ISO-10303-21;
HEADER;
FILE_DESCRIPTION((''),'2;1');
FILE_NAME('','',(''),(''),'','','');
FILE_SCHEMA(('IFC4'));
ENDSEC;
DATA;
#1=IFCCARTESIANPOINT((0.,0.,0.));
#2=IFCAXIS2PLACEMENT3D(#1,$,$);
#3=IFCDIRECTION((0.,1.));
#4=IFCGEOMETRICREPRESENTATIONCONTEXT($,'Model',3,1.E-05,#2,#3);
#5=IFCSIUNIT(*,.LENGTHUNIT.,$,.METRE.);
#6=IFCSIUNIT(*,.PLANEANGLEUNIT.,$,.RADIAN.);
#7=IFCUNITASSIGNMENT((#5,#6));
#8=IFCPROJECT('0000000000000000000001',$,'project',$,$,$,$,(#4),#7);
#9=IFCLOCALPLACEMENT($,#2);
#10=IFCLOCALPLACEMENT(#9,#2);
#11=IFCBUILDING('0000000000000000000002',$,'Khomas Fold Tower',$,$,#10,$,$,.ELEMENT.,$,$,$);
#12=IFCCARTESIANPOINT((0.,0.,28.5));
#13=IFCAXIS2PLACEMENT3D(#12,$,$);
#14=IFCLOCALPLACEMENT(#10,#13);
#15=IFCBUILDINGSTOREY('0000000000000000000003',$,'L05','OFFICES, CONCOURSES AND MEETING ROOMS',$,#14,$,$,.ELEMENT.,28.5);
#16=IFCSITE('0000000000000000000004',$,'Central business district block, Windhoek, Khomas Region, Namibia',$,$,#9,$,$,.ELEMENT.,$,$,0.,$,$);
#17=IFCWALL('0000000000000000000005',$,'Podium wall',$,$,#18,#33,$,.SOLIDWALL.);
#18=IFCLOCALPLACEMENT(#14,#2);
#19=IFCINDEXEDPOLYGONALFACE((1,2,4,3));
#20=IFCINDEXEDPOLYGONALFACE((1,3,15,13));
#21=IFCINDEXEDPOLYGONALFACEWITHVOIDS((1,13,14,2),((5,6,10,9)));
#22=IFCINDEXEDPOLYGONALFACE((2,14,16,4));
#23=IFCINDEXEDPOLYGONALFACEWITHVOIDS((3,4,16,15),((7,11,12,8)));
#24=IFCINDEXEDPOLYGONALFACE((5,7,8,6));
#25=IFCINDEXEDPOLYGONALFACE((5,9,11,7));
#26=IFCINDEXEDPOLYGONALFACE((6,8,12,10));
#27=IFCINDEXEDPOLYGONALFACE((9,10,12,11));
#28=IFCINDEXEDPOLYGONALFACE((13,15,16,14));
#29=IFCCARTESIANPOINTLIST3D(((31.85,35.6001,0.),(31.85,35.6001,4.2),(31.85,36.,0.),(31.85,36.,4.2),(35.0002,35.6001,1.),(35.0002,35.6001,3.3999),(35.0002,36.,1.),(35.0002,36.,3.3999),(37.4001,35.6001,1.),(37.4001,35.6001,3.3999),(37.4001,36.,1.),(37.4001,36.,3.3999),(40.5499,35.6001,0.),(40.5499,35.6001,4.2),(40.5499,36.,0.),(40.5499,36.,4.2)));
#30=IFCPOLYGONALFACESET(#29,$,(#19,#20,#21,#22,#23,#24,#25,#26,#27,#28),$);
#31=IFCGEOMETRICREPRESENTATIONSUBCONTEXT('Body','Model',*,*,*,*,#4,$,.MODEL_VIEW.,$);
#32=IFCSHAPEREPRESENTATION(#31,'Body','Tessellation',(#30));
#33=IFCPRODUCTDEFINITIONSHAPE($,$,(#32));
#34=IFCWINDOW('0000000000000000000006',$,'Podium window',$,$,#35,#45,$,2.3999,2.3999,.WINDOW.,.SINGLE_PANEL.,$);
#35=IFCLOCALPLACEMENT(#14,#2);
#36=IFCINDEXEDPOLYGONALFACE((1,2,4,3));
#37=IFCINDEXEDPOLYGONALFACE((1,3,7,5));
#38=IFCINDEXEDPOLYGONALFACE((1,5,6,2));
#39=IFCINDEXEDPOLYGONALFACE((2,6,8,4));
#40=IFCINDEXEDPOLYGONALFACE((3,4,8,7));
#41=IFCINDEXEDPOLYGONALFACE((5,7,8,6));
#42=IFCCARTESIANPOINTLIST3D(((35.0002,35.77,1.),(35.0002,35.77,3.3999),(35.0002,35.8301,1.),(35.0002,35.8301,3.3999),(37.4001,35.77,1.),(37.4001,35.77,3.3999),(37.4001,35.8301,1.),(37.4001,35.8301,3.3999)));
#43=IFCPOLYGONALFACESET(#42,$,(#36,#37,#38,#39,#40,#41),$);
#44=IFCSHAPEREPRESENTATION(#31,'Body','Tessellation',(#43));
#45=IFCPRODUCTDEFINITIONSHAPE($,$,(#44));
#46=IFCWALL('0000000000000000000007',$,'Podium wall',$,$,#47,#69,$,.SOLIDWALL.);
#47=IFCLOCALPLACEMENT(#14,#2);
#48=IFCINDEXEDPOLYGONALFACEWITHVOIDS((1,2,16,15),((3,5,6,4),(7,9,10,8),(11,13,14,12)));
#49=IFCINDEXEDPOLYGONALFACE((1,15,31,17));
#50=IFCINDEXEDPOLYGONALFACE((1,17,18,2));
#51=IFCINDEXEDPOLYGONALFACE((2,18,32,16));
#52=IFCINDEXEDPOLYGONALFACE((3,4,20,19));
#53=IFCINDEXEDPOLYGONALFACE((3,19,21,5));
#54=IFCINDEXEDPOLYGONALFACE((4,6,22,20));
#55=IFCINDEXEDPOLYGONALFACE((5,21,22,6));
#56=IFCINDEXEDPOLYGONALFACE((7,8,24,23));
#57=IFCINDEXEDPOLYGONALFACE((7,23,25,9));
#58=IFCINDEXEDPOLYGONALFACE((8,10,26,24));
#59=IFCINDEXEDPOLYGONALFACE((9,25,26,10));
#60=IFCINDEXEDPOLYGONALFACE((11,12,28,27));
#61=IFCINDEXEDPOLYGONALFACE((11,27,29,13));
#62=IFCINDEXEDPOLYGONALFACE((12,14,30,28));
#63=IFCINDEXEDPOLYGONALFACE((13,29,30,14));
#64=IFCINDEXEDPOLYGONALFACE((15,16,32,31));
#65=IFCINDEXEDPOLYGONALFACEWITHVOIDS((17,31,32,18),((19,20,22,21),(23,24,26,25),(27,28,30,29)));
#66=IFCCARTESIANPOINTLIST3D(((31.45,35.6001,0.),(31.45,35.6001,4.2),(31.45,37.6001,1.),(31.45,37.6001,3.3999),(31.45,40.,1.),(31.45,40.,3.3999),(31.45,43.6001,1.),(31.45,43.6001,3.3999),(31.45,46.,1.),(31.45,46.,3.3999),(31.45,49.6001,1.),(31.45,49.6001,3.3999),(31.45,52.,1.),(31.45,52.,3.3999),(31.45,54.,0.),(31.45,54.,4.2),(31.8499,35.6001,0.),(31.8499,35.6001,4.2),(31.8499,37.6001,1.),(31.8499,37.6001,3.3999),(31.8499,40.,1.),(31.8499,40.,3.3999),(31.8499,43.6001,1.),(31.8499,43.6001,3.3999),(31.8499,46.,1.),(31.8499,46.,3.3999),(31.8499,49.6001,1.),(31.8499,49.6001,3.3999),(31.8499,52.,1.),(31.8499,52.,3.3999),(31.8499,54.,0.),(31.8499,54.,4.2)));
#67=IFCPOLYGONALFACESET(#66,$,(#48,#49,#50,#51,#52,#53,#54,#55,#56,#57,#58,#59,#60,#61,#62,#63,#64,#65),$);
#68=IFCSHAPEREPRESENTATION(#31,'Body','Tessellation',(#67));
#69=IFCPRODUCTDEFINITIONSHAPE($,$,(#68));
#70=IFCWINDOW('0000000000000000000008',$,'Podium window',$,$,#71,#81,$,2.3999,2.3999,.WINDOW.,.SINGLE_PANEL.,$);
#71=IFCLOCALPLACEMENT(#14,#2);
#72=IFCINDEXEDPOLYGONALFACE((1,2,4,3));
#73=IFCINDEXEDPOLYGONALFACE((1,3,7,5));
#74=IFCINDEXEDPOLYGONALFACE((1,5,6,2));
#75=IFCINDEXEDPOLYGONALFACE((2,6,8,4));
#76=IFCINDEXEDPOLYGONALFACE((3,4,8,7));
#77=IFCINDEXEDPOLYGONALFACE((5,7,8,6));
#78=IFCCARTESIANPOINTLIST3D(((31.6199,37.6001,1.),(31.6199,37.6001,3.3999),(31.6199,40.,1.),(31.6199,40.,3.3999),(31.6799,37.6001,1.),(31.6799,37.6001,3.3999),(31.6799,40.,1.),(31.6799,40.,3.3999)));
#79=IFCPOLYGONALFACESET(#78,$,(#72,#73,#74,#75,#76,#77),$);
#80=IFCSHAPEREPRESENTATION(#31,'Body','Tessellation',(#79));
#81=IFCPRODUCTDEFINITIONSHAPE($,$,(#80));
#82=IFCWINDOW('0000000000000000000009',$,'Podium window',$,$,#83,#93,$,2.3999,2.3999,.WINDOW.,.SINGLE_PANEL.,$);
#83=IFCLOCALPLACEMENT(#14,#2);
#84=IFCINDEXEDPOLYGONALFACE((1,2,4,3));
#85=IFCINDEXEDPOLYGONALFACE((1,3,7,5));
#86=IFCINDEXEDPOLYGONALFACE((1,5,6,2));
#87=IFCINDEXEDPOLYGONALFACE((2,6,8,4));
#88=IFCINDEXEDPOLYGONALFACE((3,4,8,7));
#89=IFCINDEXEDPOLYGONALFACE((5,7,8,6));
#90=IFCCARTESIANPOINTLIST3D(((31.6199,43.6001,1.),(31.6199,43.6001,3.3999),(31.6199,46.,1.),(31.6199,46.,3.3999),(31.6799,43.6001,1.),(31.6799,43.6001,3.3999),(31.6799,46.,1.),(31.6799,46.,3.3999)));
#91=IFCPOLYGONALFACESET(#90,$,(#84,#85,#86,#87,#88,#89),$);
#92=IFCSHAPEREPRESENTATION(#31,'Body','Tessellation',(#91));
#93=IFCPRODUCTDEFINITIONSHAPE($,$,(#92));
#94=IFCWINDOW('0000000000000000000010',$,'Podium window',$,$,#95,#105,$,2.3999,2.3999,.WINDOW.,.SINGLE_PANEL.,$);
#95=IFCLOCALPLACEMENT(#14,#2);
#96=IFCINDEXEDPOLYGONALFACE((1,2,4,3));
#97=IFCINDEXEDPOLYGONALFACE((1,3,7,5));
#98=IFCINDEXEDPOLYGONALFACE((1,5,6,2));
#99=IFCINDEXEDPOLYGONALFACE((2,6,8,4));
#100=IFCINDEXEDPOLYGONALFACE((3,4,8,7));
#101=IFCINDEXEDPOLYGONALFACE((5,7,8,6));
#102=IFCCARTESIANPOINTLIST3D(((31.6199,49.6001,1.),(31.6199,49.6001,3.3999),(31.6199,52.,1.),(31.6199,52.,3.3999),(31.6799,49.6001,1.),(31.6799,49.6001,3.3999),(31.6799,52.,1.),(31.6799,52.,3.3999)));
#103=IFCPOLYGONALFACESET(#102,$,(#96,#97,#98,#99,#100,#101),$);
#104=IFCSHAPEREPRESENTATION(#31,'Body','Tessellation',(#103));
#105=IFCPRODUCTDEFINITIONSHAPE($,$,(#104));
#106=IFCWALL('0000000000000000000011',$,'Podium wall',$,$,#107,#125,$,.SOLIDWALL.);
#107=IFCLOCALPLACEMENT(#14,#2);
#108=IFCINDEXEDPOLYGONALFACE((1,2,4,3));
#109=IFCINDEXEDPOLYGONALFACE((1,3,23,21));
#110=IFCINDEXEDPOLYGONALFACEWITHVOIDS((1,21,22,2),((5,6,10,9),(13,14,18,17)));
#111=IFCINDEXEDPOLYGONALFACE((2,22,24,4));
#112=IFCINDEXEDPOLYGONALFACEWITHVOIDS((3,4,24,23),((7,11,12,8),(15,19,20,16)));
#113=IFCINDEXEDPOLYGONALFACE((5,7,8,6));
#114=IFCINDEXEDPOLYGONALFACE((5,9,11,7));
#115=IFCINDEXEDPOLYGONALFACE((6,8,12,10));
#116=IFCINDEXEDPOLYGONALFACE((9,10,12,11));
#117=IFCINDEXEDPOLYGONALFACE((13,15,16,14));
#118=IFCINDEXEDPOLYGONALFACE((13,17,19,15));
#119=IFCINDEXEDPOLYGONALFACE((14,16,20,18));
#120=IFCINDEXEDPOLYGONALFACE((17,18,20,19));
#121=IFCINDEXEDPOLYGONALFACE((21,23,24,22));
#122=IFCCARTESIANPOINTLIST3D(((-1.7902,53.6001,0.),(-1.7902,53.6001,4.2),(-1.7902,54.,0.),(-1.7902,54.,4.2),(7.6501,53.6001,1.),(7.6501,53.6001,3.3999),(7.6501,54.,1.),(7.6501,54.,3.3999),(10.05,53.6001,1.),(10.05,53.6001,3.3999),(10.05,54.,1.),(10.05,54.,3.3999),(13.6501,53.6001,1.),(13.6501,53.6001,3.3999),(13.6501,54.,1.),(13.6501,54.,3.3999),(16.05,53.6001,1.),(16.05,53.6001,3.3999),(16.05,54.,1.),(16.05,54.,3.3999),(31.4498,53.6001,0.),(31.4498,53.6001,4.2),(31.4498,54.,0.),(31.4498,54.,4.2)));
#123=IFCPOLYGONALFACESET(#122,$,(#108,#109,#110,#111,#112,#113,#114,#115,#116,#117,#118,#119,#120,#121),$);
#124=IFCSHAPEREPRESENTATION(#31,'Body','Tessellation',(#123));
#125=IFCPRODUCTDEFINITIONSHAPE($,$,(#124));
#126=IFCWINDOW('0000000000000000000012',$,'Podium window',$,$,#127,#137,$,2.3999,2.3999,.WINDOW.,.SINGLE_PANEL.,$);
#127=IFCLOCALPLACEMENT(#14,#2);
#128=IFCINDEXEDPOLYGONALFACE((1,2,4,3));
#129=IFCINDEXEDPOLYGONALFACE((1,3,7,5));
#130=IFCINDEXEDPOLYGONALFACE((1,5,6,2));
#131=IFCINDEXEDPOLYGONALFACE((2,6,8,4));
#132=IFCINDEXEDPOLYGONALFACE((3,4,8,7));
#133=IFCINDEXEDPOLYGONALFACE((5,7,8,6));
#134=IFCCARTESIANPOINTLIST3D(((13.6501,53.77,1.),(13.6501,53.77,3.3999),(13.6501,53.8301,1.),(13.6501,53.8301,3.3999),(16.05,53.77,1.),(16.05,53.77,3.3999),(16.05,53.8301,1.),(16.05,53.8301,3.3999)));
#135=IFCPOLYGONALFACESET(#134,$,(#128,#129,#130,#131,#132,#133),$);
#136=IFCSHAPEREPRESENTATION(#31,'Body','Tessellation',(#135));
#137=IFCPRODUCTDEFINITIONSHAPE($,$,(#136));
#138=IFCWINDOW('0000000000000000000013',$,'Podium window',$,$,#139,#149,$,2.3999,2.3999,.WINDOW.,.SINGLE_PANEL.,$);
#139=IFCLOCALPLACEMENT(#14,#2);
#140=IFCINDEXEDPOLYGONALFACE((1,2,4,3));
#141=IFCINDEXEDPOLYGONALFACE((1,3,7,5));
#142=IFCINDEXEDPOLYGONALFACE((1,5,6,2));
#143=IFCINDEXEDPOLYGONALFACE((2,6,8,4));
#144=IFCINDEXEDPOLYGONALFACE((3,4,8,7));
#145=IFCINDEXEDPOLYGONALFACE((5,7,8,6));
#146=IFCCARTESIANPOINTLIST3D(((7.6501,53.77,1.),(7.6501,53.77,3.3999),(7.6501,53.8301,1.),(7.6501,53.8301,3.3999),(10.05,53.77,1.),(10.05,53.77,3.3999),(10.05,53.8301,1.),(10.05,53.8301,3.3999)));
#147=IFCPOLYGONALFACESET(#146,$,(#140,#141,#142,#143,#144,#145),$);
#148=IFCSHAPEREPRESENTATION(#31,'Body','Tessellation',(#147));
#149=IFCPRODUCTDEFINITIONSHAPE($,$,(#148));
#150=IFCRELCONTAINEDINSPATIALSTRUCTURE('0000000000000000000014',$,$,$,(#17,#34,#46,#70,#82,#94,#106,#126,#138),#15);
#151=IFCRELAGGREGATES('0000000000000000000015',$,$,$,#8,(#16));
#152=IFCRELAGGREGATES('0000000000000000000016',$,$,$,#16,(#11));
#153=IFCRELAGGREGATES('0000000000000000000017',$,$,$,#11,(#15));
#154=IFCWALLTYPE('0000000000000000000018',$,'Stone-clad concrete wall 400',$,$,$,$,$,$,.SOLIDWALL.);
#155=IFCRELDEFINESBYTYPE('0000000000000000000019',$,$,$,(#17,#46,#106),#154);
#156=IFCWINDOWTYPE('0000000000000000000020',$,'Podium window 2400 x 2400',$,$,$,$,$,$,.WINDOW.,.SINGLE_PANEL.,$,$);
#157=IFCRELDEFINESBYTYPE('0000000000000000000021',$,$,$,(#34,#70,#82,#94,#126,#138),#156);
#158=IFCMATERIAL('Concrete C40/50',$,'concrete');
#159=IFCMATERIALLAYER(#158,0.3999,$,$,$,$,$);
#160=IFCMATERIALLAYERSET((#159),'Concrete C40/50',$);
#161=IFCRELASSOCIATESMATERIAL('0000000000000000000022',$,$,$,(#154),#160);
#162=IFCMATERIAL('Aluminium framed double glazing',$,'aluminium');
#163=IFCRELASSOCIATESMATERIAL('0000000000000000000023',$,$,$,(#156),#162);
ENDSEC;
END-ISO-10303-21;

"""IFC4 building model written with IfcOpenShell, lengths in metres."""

from ifc_helpers import new_model, si_unit, direction, frame, frame_2d, origin, place, context, subcontext, project, spatial, rectangle, extrude, source, transform, mapped, material, layer, layer_set, type_object, element, fill, save


model = new_model("IFC4")

# Units and contexts
model_context = context("Model", 3, precision=1e-05, world=origin(), true_north=direction((0.0, 1.0)))
body_context = subcontext(model_context, "Body", "Model", "MODEL_VIEW")
ifc_project = project(units=[si_unit("LENGTHUNIT", "METRE"), si_unit("PLANEANGLEUNIT", "RADIAN")], contexts=[model_context])

# Site, building, storey
site_placement = place(None, origin())
site = spatial("IfcSite", under=ifc_project, at=site_placement, Name="Central business district block, Windhoek, Khomas Region, Namibia", CompositionType="ELEMENT", RefElevation=0.0)
building_placement = place(site_placement, origin())
building = spatial("IfcBuilding", under=site, at=building_placement, Name="Khomas Fold Tower", CompositionType="ELEMENT")
storey_placement = place(building_placement, frame((0.0, 0.0, 28.5)))
storey = spatial("IfcBuildingStorey", under=building, at=storey_placement, Name="L05", Description="OFFICES, CONCOURSES AND MEETING ROOMS", CompositionType="ELEMENT", Elevation=28.5)

# Shared definitions
ifc_material_1 = material(Name="Concrete C40/50", Category="concrete")
ifc_layer_1 = layer(ifc_material_1, 0.3999)
ifc_layer_set_1 = layer_set([ifc_layer_1], Name="Concrete C40/50")
wall_type_1 = type_object("IfcWallType", Name="Stone-clad concrete wall 400", PredefinedType="SOLIDWALL", material=ifc_layer_set_1)
shared_shape_1 = source(origin(), body_context, "Body", "SweptSolid", [
    extrude(rectangle(XDim=2.3999, YDim=2.3999, at=frame_2d((1.2, 1.2))), frame((0.0, 0.21, 0.0), z_axis=(0.0, -1.0, 0.0), x_axis=(1.0, 0.0, 0.0)), (0.0, 0.0, 1.0), 0.4199),
])
ifc_material_2 = material(Name="Aluminium framed double glazing", Category="aluminium")
window_type = type_object("IfcWindowType", Name="Podium window 2400 x 2400", PartitioningType="SINGLE_PANEL", PredefinedType="WINDOW", material=ifc_material_2)
shared_shape_2 = source(origin(), body_context, "Body", "SweptSolid", [
    extrude(rectangle(XDim=2.3999, YDim=2.3999, at=frame_2d((1.2, 1.2))), frame((0.0, 0.03, 0.0), z_axis=(0.0, -1.0, 0.0), x_axis=(1.0, 0.0, 0.0)), (0.0, 0.0, 1.0), 0.0601),
])

# Wall, opening, window
shared_shape_3 = source(origin(), body_context, "Body", "SweptSolid", [
    extrude(rectangle(XDim=8.7, YDim=0.3999, at=frame_2d((4.3501, 0.0))), origin(), (0.0, 0.0, 1.0), 4.2),
])
wall_1_placement = place(storey_placement, frame((40.55, 35.8, 0.0), z_axis=(0.0, 0.0, 1.0), x_axis=(-1.0, 0.0, 0.0)))
wall_1 = element("IfcWall", 1, at=wall_1_placement, inside=storey, type_object=wall_type_1, Name="Podium wall", PredefinedType="SOLIDWALL", context=body_context, shape_type="MappedRepresentation", body=[
    mapped(shared_shape_3, transform((0.0, 0.0, 0.0))),
])
opening_1_placement = place(wall_1_placement, frame((3.1499, 0.0, 1.0)))
opening_1 = element("IfcOpeningElement", 2, at=opening_1_placement, cuts=wall_1, PredefinedType="OPENING", context=body_context, shape_type="MappedRepresentation", body=[
    mapped(shared_shape_1, transform((0.0, 0.0, 0.0))),
])
window_1_placement = place(opening_1_placement, origin())
window_1 = element("IfcWindow", 3, at=window_1_placement, inside=storey, type_object=window_type, Name="Podium window", OverallHeight=2.3999, OverallWidth=2.3999, PartitioningType="SINGLE_PANEL", PredefinedType="WINDOW", context=body_context, shape_type="MappedRepresentation", body=[
    mapped(shared_shape_2, transform((0.0, 0.0, 0.0))),
])
fill(opening_1, window_1)

# Walls, openings, windows
shared_shape_4 = source(origin(), body_context, "Body", "SweptSolid", [
    extrude(rectangle(XDim=18.3999, YDim=0.3999, at=frame_2d((9.2, 0.0))), origin(), (0.0, 0.0, 1.0), 4.2),
])
wall_2_placement = place(storey_placement, frame((31.6499, 35.6001, 0.0), z_axis=(0.0, 0.0, 1.0), x_axis=(0.0, 1.0, 0.0)))
wall_2 = element("IfcWall", 4, at=wall_2_placement, inside=storey, type_object=wall_type_1, Name="Podium wall", PredefinedType="SOLIDWALL", context=body_context, shape_type="MappedRepresentation", body=[
    mapped(shared_shape_4, transform((0.0, 0.0, 0.0))),
])
opening_2_placement = place(wall_2_placement, frame((2.0, 0.0, 1.0)))
opening_2 = element("IfcOpeningElement", 5, at=opening_2_placement, cuts=wall_2, PredefinedType="OPENING", context=body_context, shape_type="MappedRepresentation", body=[
    mapped(shared_shape_1, transform((0.0, 0.0, 0.0))),
])
opening_3_placement = place(wall_2_placement, frame((8.0, 0.0, 1.0)))
opening_3 = element("IfcOpeningElement", 6, at=opening_3_placement, cuts=wall_2, PredefinedType="OPENING", context=body_context, shape_type="MappedRepresentation", body=[
    mapped(shared_shape_1, transform((0.0, 0.0, 0.0))),
])
opening_4_placement = place(wall_2_placement, frame((14.0, 0.0, 1.0)))
opening_4 = element("IfcOpeningElement", 7, at=opening_4_placement, cuts=wall_2, PredefinedType="OPENING", context=body_context, shape_type="MappedRepresentation", body=[
    mapped(shared_shape_1, transform((0.0, 0.0, 0.0))),
])
window_2_placement = place(opening_2_placement, origin())
window_2 = element("IfcWindow", 8, at=window_2_placement, inside=storey, type_object=window_type, Name="Podium window", OverallHeight=2.3999, OverallWidth=2.3999, PartitioningType="SINGLE_PANEL", PredefinedType="WINDOW", context=body_context, shape_type="MappedRepresentation", body=[
    mapped(shared_shape_2, transform((0.0, 0.0, 0.0))),
])
fill(opening_2, window_2)
window_3_placement = place(opening_3_placement, origin())
window_3 = element("IfcWindow", 9, at=window_3_placement, inside=storey, type_object=window_type, Name="Podium window", OverallHeight=2.3999, OverallWidth=2.3999, PartitioningType="SINGLE_PANEL", PredefinedType="WINDOW", context=body_context, shape_type="MappedRepresentation", body=[
    mapped(shared_shape_2, transform((0.0, 0.0, 0.0))),
])
fill(opening_3, window_3)
window_4_placement = place(opening_4_placement, origin())
window_4 = element("IfcWindow", 10, at=window_4_placement, inside=storey, type_object=window_type, Name="Podium window", OverallHeight=2.3999, OverallWidth=2.3999, PartitioningType="SINGLE_PANEL", PredefinedType="WINDOW", context=body_context, shape_type="MappedRepresentation", body=[
    mapped(shared_shape_2, transform((0.0, 0.0, 0.0))),
])
fill(opening_4, window_4)
shared_shape_5 = source(origin(), body_context, "Body", "SweptSolid", [
    extrude(rectangle(XDim=33.24, YDim=0.3999, at=frame_2d((16.6201, 0.0))), origin(), (0.0, 0.0, 1.0), 4.2),
])
wall_3_placement = place(storey_placement, frame((31.45, 53.8, 0.0), z_axis=(0.0, 0.0, 1.0), x_axis=(-1.0, 0.0, 0.0)))
wall_3 = element("IfcWall", 11, at=wall_3_placement, inside=storey, type_object=wall_type_1, Name="Podium wall", PredefinedType="SOLIDWALL", context=body_context, shape_type="MappedRepresentation", body=[
    mapped(shared_shape_5, transform((0.0, 0.0, 0.0))),
])
opening_5_placement = place(wall_3_placement, frame((15.3999, 0.0, 1.0)))
opening_5 = element("IfcOpeningElement", 12, at=opening_5_placement, cuts=wall_3, PredefinedType="OPENING", context=body_context, shape_type="MappedRepresentation", body=[
    mapped(shared_shape_1, transform((0.0, 0.0, 0.0))),
])
opening_6_placement = place(wall_3_placement, frame((21.3999, 0.0, 1.0)))
opening_6 = element("IfcOpeningElement", 13, at=opening_6_placement, cuts=wall_3, PredefinedType="OPENING", context=body_context, shape_type="MappedRepresentation", body=[
    mapped(shared_shape_1, transform((0.0, 0.0, 0.0))),
])
window_5_placement = place(opening_5_placement, origin())
window_5 = element("IfcWindow", 14, at=window_5_placement, inside=storey, type_object=window_type, Name="Podium window", OverallHeight=2.3999, OverallWidth=2.3999, PartitioningType="SINGLE_PANEL", PredefinedType="WINDOW", context=body_context, shape_type="MappedRepresentation", body=[
    mapped(shared_shape_2, transform((0.0, 0.0, 0.0))),
])
fill(opening_5, window_5)
window_6_placement = place(opening_6_placement, origin())
window_6 = element("IfcWindow", 15, at=window_6_placement, inside=storey, type_object=window_type, Name="Podium window", OverallHeight=2.3999, OverallWidth=2.3999, PartitioningType="SINGLE_PANEL", PredefinedType="WINDOW", context=body_context, shape_type="MappedRepresentation", body=[
    mapped(shared_shape_2, transform((0.0, 0.0, 0.0))),
])
fill(opening_6, window_6)

save(model, "model.ifc")
